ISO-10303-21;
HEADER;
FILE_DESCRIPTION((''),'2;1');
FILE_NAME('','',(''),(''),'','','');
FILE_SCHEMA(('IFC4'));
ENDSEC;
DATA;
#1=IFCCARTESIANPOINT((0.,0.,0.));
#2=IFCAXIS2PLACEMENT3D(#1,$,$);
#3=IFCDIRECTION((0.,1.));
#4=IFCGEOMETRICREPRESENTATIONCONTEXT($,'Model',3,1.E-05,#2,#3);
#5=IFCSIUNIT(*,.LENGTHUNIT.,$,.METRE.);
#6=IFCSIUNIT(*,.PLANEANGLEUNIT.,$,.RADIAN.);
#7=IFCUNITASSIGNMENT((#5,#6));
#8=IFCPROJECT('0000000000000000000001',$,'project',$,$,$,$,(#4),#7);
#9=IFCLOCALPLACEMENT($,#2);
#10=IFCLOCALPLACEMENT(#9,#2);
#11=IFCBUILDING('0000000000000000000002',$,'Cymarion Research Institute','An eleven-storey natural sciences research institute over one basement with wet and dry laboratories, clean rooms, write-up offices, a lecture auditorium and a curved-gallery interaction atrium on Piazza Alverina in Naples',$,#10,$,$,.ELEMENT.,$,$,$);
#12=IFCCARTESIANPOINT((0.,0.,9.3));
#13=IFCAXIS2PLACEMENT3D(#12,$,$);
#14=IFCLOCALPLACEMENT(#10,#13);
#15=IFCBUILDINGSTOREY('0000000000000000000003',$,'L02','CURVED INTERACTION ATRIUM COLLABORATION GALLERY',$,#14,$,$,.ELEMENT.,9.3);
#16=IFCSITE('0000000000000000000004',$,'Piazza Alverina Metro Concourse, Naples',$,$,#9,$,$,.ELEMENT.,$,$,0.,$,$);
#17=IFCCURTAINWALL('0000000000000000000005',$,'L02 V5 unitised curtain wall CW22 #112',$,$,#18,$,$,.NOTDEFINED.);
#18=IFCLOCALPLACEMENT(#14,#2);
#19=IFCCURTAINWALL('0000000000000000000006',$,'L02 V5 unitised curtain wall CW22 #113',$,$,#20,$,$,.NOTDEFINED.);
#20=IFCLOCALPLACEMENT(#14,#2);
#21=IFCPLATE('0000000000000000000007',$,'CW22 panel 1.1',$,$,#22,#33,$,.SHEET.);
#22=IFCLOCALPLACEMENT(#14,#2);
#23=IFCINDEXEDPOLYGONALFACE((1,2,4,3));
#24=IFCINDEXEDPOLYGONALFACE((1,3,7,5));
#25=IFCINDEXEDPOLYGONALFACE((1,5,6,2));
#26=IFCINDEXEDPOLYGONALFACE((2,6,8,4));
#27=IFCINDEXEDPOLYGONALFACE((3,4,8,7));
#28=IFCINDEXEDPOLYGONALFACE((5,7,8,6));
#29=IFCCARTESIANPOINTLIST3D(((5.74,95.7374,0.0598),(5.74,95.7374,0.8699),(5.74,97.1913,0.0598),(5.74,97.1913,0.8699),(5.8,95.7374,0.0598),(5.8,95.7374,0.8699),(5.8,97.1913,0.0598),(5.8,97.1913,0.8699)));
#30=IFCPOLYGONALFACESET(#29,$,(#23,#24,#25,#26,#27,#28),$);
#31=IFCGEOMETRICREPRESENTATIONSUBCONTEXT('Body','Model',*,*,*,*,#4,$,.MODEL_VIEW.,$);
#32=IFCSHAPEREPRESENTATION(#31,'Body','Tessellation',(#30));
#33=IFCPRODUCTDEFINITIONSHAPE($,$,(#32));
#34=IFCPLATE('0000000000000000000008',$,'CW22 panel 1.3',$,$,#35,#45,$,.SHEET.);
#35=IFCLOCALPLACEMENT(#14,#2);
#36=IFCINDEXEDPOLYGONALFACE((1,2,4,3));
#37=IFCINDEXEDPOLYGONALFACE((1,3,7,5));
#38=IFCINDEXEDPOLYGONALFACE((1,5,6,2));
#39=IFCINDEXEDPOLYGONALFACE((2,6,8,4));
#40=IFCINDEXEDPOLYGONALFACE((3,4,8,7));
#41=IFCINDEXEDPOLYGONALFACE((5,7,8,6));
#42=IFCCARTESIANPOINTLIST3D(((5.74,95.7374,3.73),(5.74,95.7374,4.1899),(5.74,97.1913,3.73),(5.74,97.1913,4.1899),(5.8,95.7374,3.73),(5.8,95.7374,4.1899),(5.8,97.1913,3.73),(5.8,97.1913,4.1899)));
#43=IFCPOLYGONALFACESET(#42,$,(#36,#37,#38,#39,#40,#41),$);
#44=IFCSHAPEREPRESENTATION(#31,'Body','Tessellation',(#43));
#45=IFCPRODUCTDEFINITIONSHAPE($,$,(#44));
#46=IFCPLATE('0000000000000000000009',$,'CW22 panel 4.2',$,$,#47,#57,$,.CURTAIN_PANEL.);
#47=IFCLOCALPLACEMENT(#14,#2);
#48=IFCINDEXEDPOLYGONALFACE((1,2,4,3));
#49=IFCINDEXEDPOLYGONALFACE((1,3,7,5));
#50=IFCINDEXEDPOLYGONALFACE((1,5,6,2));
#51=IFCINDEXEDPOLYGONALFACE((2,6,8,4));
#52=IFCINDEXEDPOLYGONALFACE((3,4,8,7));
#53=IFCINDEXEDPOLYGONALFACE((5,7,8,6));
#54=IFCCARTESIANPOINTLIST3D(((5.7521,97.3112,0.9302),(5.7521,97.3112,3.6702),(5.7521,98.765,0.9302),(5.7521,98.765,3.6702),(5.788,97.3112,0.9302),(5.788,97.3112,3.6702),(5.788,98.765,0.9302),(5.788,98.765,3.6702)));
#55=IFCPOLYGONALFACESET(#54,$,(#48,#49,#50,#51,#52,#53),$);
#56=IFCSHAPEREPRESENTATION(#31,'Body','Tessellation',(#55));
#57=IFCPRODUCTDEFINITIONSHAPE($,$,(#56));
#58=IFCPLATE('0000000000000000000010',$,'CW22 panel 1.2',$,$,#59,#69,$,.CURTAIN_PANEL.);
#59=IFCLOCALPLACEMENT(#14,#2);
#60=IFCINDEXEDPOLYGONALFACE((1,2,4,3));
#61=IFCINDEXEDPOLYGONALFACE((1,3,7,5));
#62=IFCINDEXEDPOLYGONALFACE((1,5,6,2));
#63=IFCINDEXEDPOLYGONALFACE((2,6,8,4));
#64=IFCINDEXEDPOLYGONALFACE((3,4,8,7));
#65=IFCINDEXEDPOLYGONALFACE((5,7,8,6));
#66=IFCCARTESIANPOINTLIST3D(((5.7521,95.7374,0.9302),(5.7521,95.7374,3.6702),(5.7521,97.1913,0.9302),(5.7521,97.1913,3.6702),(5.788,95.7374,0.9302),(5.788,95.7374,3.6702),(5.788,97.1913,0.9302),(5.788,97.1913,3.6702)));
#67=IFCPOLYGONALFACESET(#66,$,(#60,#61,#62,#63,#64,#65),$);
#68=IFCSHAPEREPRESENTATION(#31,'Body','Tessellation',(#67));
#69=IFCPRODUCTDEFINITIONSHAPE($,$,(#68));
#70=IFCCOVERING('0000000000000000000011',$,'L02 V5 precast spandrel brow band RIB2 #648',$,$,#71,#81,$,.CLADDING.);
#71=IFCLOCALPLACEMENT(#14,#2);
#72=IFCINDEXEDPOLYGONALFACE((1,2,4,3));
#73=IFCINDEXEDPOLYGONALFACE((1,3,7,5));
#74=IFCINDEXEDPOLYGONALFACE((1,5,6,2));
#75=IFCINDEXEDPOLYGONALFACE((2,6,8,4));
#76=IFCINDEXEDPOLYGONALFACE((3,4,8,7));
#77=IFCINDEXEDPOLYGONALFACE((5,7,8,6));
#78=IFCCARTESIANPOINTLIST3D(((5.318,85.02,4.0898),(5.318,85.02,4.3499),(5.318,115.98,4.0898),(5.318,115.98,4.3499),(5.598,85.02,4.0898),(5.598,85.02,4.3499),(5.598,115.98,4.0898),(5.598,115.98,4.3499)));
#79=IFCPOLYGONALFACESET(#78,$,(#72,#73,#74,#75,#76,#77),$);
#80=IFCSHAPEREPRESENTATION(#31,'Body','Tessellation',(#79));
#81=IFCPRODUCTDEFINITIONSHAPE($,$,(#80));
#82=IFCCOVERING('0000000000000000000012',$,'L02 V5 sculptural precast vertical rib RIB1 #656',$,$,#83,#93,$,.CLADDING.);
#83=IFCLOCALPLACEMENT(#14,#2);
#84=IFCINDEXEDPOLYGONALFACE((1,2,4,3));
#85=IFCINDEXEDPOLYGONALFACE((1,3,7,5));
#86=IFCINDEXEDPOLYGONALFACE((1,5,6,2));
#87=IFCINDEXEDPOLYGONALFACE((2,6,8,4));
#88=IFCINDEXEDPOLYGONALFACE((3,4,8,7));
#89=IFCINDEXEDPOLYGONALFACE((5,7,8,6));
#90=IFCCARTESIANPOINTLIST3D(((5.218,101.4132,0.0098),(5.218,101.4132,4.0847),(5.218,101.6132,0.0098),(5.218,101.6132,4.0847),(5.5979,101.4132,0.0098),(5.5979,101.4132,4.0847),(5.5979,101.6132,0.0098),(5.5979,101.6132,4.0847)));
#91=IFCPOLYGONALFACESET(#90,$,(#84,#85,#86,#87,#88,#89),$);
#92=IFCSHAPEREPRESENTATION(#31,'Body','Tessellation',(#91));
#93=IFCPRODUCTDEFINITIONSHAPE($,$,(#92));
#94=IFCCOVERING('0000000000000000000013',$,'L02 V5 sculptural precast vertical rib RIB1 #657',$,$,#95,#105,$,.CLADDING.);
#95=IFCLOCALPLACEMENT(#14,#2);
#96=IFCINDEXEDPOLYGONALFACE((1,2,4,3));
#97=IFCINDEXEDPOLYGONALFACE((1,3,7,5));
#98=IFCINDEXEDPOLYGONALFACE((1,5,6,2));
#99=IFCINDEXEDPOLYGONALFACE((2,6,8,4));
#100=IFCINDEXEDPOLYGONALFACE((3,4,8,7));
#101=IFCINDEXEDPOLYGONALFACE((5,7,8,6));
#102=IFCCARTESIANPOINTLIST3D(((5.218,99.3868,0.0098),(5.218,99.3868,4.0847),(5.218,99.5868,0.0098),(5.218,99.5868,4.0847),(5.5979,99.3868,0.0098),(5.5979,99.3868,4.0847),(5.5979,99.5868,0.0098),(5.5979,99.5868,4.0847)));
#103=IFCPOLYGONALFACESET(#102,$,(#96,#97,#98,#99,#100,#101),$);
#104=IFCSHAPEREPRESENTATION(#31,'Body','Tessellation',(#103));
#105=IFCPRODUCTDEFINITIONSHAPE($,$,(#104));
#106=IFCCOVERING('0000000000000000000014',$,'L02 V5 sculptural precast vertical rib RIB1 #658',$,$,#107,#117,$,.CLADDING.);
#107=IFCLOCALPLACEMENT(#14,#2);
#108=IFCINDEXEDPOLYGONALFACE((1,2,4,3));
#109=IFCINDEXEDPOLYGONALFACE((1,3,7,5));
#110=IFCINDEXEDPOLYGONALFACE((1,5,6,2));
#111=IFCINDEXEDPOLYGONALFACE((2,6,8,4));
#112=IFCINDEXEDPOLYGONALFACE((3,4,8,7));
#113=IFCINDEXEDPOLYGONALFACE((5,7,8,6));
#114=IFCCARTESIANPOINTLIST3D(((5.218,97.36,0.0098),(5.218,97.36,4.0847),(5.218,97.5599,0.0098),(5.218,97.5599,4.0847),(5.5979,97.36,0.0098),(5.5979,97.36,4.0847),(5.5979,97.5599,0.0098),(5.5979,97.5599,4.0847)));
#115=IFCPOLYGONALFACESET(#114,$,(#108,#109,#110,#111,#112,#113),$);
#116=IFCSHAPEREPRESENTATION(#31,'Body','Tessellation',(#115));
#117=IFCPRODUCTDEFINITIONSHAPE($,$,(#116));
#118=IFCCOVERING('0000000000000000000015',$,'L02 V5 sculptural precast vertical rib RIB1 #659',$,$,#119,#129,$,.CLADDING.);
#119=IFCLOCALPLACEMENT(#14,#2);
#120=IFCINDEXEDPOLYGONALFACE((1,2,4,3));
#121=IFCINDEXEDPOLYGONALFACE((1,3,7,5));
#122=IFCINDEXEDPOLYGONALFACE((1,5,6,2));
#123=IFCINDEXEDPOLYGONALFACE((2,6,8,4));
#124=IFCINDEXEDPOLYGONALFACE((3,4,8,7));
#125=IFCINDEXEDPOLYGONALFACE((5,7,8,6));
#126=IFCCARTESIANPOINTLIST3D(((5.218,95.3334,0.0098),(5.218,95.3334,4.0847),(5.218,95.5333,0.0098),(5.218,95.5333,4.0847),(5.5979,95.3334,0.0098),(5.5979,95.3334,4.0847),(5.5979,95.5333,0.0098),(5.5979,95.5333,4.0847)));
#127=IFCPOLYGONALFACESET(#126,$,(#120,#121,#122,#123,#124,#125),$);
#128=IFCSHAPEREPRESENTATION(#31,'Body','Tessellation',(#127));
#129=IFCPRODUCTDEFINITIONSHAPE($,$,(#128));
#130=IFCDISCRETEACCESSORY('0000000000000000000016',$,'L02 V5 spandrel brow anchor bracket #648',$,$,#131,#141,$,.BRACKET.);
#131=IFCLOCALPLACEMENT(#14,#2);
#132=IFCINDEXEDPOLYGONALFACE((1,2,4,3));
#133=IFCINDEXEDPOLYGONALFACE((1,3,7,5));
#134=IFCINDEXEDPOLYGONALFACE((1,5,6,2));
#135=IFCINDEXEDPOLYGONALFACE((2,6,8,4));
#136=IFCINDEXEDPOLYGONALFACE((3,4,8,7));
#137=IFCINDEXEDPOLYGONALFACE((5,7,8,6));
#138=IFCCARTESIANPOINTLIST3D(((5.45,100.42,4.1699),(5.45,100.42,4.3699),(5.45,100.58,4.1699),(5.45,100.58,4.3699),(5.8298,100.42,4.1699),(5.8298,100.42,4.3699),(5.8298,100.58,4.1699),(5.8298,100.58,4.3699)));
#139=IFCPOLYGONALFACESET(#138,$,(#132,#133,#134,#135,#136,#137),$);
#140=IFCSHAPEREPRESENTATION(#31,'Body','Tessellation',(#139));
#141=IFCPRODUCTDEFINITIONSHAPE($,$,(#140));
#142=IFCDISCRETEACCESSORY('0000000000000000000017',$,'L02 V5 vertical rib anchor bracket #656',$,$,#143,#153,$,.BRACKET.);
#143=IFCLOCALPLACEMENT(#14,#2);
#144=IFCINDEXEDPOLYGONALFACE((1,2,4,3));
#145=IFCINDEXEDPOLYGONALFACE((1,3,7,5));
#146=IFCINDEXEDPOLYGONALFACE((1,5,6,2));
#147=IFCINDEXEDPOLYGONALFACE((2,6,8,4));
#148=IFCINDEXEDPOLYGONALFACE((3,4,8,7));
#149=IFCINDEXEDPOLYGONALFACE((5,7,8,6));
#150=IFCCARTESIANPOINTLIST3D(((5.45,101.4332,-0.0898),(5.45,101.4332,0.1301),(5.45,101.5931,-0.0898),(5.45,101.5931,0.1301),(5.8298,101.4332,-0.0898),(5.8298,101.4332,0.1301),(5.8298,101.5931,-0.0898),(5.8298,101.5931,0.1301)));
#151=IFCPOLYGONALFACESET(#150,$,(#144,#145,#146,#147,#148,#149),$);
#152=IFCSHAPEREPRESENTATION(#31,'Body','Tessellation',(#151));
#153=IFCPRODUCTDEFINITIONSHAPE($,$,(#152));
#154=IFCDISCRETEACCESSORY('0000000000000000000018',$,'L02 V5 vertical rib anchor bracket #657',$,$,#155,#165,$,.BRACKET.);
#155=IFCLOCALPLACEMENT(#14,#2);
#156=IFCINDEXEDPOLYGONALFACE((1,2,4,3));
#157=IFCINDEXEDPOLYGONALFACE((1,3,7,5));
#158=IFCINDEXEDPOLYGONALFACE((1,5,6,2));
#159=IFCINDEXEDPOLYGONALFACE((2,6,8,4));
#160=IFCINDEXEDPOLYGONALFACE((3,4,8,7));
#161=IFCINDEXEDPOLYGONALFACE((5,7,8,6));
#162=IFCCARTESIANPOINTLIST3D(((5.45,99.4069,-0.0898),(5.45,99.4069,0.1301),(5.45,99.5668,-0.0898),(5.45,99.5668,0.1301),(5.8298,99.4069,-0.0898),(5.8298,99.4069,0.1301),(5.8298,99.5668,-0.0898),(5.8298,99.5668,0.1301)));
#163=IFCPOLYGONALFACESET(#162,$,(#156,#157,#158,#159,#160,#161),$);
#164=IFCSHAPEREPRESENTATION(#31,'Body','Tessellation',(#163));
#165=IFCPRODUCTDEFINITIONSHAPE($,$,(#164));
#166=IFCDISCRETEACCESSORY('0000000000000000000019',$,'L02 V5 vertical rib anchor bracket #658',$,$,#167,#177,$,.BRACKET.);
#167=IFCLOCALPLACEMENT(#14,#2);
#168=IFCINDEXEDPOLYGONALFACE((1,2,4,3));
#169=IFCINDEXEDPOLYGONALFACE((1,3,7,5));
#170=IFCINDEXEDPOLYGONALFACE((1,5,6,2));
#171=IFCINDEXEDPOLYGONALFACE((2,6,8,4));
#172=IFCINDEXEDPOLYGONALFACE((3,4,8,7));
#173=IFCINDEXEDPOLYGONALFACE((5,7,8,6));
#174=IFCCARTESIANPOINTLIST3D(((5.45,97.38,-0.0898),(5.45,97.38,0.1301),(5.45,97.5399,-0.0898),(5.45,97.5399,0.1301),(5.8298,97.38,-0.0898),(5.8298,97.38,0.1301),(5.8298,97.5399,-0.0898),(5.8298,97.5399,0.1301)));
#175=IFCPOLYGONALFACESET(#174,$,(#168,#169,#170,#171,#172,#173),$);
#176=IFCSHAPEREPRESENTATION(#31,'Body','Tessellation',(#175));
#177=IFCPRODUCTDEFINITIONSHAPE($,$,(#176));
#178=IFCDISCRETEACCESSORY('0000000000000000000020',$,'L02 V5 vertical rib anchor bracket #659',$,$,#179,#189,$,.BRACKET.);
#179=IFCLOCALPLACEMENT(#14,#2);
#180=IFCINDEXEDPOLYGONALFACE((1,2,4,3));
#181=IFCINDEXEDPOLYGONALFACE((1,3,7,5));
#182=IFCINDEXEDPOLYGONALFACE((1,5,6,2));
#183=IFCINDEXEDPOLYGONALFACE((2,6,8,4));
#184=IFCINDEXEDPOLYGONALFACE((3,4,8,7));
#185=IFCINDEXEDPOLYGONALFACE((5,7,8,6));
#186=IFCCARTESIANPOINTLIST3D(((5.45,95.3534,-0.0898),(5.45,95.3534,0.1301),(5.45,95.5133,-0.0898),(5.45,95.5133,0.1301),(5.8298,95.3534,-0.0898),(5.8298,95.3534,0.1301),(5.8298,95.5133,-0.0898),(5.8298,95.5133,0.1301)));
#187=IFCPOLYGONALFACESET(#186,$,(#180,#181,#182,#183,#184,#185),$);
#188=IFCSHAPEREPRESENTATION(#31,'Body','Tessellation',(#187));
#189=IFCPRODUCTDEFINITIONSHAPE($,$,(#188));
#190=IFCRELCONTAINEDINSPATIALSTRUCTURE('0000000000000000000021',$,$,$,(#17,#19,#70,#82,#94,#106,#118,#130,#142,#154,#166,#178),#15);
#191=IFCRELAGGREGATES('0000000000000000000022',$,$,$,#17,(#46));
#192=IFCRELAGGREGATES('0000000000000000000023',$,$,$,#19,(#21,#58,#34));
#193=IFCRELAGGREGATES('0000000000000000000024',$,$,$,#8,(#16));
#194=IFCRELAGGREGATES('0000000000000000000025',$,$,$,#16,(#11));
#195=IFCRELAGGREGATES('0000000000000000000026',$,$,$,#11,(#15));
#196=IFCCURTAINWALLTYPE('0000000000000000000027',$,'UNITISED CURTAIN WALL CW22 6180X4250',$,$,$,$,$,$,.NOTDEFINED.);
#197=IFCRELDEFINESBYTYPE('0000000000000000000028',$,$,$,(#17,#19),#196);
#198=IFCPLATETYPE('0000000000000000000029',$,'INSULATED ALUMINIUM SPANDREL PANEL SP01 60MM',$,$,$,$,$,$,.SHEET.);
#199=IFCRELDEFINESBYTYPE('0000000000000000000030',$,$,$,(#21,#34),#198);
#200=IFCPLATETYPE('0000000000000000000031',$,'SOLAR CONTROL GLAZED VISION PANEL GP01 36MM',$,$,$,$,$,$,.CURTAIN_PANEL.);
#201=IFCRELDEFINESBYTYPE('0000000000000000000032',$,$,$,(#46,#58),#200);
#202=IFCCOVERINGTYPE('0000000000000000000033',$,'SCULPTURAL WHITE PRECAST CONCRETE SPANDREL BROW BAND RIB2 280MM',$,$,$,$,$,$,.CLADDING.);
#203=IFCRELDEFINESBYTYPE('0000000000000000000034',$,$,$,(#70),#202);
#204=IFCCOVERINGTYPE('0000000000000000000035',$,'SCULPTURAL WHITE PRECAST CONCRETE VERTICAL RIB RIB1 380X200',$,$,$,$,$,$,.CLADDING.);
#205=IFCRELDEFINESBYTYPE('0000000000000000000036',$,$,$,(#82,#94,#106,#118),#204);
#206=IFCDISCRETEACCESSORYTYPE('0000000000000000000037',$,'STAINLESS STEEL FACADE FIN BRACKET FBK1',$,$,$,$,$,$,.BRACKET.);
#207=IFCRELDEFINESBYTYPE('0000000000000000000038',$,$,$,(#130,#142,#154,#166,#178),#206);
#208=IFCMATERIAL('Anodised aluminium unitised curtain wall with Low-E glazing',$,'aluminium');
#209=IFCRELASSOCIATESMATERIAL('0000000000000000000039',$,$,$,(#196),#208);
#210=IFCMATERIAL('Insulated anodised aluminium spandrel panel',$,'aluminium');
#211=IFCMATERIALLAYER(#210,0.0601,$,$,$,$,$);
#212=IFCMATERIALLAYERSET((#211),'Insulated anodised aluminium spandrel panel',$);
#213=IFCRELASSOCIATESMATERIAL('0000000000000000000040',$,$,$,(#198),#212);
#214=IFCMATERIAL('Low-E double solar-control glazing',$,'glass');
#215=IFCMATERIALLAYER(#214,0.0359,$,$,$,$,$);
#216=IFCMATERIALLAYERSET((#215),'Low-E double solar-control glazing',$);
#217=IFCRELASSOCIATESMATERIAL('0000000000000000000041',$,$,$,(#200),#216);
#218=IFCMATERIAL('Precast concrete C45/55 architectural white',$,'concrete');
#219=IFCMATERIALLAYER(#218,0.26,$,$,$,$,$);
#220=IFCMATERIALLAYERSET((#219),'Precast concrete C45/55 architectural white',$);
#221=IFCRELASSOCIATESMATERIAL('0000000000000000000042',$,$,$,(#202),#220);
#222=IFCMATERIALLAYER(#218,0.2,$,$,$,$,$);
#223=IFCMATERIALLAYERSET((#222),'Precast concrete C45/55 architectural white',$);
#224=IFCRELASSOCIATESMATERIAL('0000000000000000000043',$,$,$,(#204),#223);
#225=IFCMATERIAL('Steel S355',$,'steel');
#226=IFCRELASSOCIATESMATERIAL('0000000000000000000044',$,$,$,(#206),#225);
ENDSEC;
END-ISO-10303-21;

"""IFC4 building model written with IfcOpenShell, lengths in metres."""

from ifc_helpers import new_model, si_unit, direction, frame, origin, origin_2d, place, context, subcontext, project, spatial, rectangle, extrude, material, layer, layer_set, type_object, element, aggregate, save


model = new_model("IFC4")

# Units and contexts
model_context = context("Model", 3, precision=1e-05, world=origin(), true_north=direction((0.0, 1.0)))
body_context = subcontext(model_context, "Body", "Model", "MODEL_VIEW")
ifc_project = project(units=[si_unit("LENGTHUNIT", "METRE"), si_unit("PLANEANGLEUNIT", "RADIAN")], contexts=[model_context])

# Site, building, storey
site_placement = place(None, origin())
site = spatial("IfcSite", under=ifc_project, at=site_placement, Name="Piazza Alverina Metro Concourse, Naples", CompositionType="ELEMENT", RefElevation=0.0)
building_placement = place(site_placement, origin())
building = spatial("IfcBuilding", under=site, at=building_placement, Name="Cymarion Research Institute", Description="An eleven-storey natural sciences research institute over one basement with wet and dry laboratories, clean rooms, write-up offices, a lecture auditorium and a curved-gallery interaction atrium on Piazza Alverina in Naples", CompositionType="ELEMENT")
storey_placement = place(building_placement, frame((0.0, 0.0, 9.3)))
storey = spatial("IfcBuildingStorey", under=building, at=storey_placement, Name="L02", Description="CURVED INTERACTION ATRIUM COLLABORATION GALLERY", CompositionType="ELEMENT", Elevation=9.3)

# Curtain wall
ifc_material_1 = material(Name="Anodised aluminium unitised curtain wall with Low-E glazing", Category="aluminium")
curtain_wall_type = type_object("IfcCurtainWallType", Name="UNITISED CURTAIN WALL CW22 6180X4250", PredefinedType="NOTDEFINED", material=ifc_material_1)
curtain_wall_1_placement = place(storey_placement, origin())
curtain_wall_1 = element("IfcCurtainWall", 1, at=curtain_wall_1_placement, inside=storey, type_object=curtain_wall_type, Name="L02 V5 unitised curtain wall CW22 #112", PredefinedType="NOTDEFINED")

# Curtain wall
curtain_wall_2_placement = place(storey_placement, origin())
curtain_wall_2 = element("IfcCurtainWall", 2, at=curtain_wall_2_placement, inside=storey, type_object=curtain_wall_type, Name="L02 V5 unitised curtain wall CW22 #113", PredefinedType="NOTDEFINED")

# Plates
ifc_material_2 = material(Name="Insulated anodised aluminium spandrel panel", Category="aluminium")
ifc_layer_1 = layer(ifc_material_2, 0.0601)
ifc_layer_set_1 = layer_set([ifc_layer_1], Name="Insulated anodised aluminium spandrel panel")
plate_type_1 = type_object("IfcPlateType", Name="INSULATED ALUMINIUM SPANDREL PANEL SP01 60MM", PredefinedType="SHEET", material=ifc_layer_set_1)
plate_1_placement = place(storey_placement, frame((5.77, 96.4644, 0.0598), z_axis=(0.0, 0.0, 1.0), x_axis=(0.0, -1.0, 0.0)))
plate_1 = element("IfcPlate", 3, at=plate_1_placement, type_object=plate_type_1, Name="CW22 panel 1.1", PredefinedType="SHEET", context=body_context, shape_type="SweptSolid", body=[
    extrude(rectangle(XDim=1.4539, YDim=0.0601, at=origin_2d()), origin(), (0.0, 0.0, 1.0), 0.8101),
])
plate_2_placement = place(storey_placement, frame((5.77, 96.4644, 3.73), z_axis=(0.0, 0.0, 1.0), x_axis=(0.0, -1.0, 0.0)))
plate_2 = element("IfcPlate", 4, at=plate_2_placement, type_object=plate_type_1, Name="CW22 panel 1.3", PredefinedType="SHEET", context=body_context, shape_type="SweptSolid", body=[
    extrude(rectangle(XDim=1.4539, YDim=0.0601, at=origin_2d()), origin(), (0.0, 0.0, 1.0), 0.46),
])
ifc_material_3 = material(Name="Low-E double solar-control glazing", Category="glass")
ifc_layer_2 = layer(ifc_material_3, 0.0359)
ifc_layer_set_2 = layer_set([ifc_layer_2], Name="Low-E double solar-control glazing")
plate_type_2 = type_object("IfcPlateType", Name="SOLAR CONTROL GLAZED VISION PANEL GP01 36MM", PredefinedType="CURTAIN_PANEL", material=ifc_layer_set_2)
plate_3_placement = place(storey_placement, frame((5.77, 98.0381, 0.9302), z_axis=(0.0, 0.0, 1.0), x_axis=(0.0, -1.0, 0.0)))
plate_3 = element("IfcPlate", 5, at=plate_3_placement, type_object=plate_type_2, Name="CW22 panel 4.2", PredefinedType="CURTAIN_PANEL", context=body_context, shape_type="SweptSolid", body=[
    extrude(rectangle(XDim=1.4539, YDim=0.0359, at=origin_2d()), origin(), (0.0, 0.0, 1.0), 2.74),
])
aggregate(curtain_wall_1, [plate_3])
plate_4_placement = place(storey_placement, frame((5.77, 96.4644, 0.9302), z_axis=(0.0, 0.0, 1.0), x_axis=(0.0, -1.0, 0.0)))
plate_4 = element("IfcPlate", 6, at=plate_4_placement, type_object=plate_type_2, Name="CW22 panel 1.2", PredefinedType="CURTAIN_PANEL", context=body_context, shape_type="SweptSolid", body=[
    extrude(rectangle(XDim=1.4539, YDim=0.0359, at=origin_2d()), origin(), (0.0, 0.0, 1.0), 2.74),
])
aggregate(curtain_wall_2, [plate_1, plate_4, plate_2])

# Coverings
ifc_material_4 = material(Name="Precast concrete C45/55 architectural white", Category="concrete")
ifc_layer_3 = layer(ifc_material_4, 0.26)
ifc_layer_set_3 = layer_set([ifc_layer_3], Name="Precast concrete C45/55 architectural white")
covering_type_1 = type_object("IfcCoveringType", Name="SCULPTURAL WHITE PRECAST CONCRETE SPANDREL BROW BAND RIB2 280MM", PredefinedType="CLADDING", material=ifc_layer_set_3)
covering_placement = place(storey_placement, frame((5.458, 100.5, 4.0898), z_axis=(0.0, 0.0, 1.0), x_axis=(-1.0, 0.0, 0.0)))
element("IfcCovering", 7, at=covering_placement, inside=storey, type_object=covering_type_1, Name="L02 V5 precast spandrel brow band RIB2 #648", PredefinedType="CLADDING", context=body_context, shape_type="SweptSolid", body=[
    extrude(rectangle(XDim=0.28, YDim=30.96, at=origin_2d()), origin(), (0.0, 0.0, 1.0), 0.26),
])
ifc_layer_4 = layer(ifc_material_4, 0.2)
ifc_layer_set_4 = layer_set([ifc_layer_4], Name="Precast concrete C45/55 architectural white")
covering_type_2 = type_object("IfcCoveringType", Name="SCULPTURAL WHITE PRECAST CONCRETE VERTICAL RIB RIB1 380X200", PredefinedType="CLADDING", material=ifc_layer_set_4)
for number, where, z_axis, x_axis, name in (
    (8, (5.408, 101.5132, 0.0098), (0.0, 0.0, 1.0), (-1.0, 0.0, 0.0), "L02 V5 sculptural precast vertical rib RIB1 #656"),
    (9, (5.408, 99.4868, 0.0098), (0.0, 0.0, 1.0), (-1.0, 0.0, 0.0), "L02 V5 sculptural precast vertical rib RIB1 #657"),
    (10, (5.408, 97.46, 0.0098), (0.0, 0.0, 1.0), (-1.0, 0.0, 0.0), "L02 V5 sculptural precast vertical rib RIB1 #658"),
    (11, (5.408, 95.4333, 0.0098), (0.0, 0.0, 1.0), (-1.0, 0.0, 0.0), "L02 V5 sculptural precast vertical rib RIB1 #659"),
):
    element("IfcCovering", number, at=place(storey_placement, frame(where, z_axis=z_axis, x_axis=x_axis)), inside=storey, type_object=covering_type_2, Name=name, PredefinedType="CLADDING", context=body_context, shape_type="SweptSolid", body=[
        extrude(rectangle(XDim=0.3799, YDim=0.2, at=origin_2d()), origin(), (0.0, 0.0, 1.0), 4.075),
    ])

# Discrete accessories
ifc_material_5 = material(Name="Steel S355", Category="steel")
discrete_accessory_type = type_object("IfcDiscreteAccessoryType", Name="STAINLESS STEEL FACADE FIN BRACKET FBK1", PredefinedType="BRACKET", material=ifc_material_5)
discrete_accessory_placement = place(storey_placement, frame((5.6399, 100.5, 4.1699), z_axis=(0.0, 0.0, 1.0), x_axis=(-1.0, 0.0, 0.0)))
element("IfcDiscreteAccessory", 12, at=discrete_accessory_placement, inside=storey, type_object=discrete_accessory_type, Name="L02 V5 spandrel brow anchor bracket #648", PredefinedType="BRACKET", context=body_context, shape_type="SweptSolid", body=[
    extrude(rectangle(XDim=0.3799, YDim=0.1599, at=origin_2d()), origin(), (0.0, 0.0, 1.0), 0.2),
])
for number, where, z_axis, x_axis, name in (
    (13, (5.6399, 101.5132, -0.0898), (0.0, 0.0, 1.0), (-1.0, 0.0, 0.0), "L02 V5 vertical rib anchor bracket #656"),
    (14, (5.6399, 99.4868, -0.0898), (0.0, 0.0, 1.0), (-1.0, 0.0, 0.0), "L02 V5 vertical rib anchor bracket #657"),
    (15, (5.6399, 97.46, -0.0898), (0.0, 0.0, 1.0), (-1.0, 0.0, 0.0), "L02 V5 vertical rib anchor bracket #658"),
    (16, (5.6399, 95.4333, -0.0898), (0.0, 0.0, 1.0), (-1.0, 0.0, 0.0), "L02 V5 vertical rib anchor bracket #659"),
):
    element("IfcDiscreteAccessory", number, at=place(storey_placement, frame(where, z_axis=z_axis, x_axis=x_axis)), inside=storey, type_object=discrete_accessory_type, Name=name, PredefinedType="BRACKET", context=body_context, shape_type="SweptSolid", body=[
        extrude(rectangle(XDim=0.3799, YDim=0.1599, at=origin_2d()), origin(), (0.0, 0.0, 1.0), 0.22),
    ])

save(model, "model.ifc")
